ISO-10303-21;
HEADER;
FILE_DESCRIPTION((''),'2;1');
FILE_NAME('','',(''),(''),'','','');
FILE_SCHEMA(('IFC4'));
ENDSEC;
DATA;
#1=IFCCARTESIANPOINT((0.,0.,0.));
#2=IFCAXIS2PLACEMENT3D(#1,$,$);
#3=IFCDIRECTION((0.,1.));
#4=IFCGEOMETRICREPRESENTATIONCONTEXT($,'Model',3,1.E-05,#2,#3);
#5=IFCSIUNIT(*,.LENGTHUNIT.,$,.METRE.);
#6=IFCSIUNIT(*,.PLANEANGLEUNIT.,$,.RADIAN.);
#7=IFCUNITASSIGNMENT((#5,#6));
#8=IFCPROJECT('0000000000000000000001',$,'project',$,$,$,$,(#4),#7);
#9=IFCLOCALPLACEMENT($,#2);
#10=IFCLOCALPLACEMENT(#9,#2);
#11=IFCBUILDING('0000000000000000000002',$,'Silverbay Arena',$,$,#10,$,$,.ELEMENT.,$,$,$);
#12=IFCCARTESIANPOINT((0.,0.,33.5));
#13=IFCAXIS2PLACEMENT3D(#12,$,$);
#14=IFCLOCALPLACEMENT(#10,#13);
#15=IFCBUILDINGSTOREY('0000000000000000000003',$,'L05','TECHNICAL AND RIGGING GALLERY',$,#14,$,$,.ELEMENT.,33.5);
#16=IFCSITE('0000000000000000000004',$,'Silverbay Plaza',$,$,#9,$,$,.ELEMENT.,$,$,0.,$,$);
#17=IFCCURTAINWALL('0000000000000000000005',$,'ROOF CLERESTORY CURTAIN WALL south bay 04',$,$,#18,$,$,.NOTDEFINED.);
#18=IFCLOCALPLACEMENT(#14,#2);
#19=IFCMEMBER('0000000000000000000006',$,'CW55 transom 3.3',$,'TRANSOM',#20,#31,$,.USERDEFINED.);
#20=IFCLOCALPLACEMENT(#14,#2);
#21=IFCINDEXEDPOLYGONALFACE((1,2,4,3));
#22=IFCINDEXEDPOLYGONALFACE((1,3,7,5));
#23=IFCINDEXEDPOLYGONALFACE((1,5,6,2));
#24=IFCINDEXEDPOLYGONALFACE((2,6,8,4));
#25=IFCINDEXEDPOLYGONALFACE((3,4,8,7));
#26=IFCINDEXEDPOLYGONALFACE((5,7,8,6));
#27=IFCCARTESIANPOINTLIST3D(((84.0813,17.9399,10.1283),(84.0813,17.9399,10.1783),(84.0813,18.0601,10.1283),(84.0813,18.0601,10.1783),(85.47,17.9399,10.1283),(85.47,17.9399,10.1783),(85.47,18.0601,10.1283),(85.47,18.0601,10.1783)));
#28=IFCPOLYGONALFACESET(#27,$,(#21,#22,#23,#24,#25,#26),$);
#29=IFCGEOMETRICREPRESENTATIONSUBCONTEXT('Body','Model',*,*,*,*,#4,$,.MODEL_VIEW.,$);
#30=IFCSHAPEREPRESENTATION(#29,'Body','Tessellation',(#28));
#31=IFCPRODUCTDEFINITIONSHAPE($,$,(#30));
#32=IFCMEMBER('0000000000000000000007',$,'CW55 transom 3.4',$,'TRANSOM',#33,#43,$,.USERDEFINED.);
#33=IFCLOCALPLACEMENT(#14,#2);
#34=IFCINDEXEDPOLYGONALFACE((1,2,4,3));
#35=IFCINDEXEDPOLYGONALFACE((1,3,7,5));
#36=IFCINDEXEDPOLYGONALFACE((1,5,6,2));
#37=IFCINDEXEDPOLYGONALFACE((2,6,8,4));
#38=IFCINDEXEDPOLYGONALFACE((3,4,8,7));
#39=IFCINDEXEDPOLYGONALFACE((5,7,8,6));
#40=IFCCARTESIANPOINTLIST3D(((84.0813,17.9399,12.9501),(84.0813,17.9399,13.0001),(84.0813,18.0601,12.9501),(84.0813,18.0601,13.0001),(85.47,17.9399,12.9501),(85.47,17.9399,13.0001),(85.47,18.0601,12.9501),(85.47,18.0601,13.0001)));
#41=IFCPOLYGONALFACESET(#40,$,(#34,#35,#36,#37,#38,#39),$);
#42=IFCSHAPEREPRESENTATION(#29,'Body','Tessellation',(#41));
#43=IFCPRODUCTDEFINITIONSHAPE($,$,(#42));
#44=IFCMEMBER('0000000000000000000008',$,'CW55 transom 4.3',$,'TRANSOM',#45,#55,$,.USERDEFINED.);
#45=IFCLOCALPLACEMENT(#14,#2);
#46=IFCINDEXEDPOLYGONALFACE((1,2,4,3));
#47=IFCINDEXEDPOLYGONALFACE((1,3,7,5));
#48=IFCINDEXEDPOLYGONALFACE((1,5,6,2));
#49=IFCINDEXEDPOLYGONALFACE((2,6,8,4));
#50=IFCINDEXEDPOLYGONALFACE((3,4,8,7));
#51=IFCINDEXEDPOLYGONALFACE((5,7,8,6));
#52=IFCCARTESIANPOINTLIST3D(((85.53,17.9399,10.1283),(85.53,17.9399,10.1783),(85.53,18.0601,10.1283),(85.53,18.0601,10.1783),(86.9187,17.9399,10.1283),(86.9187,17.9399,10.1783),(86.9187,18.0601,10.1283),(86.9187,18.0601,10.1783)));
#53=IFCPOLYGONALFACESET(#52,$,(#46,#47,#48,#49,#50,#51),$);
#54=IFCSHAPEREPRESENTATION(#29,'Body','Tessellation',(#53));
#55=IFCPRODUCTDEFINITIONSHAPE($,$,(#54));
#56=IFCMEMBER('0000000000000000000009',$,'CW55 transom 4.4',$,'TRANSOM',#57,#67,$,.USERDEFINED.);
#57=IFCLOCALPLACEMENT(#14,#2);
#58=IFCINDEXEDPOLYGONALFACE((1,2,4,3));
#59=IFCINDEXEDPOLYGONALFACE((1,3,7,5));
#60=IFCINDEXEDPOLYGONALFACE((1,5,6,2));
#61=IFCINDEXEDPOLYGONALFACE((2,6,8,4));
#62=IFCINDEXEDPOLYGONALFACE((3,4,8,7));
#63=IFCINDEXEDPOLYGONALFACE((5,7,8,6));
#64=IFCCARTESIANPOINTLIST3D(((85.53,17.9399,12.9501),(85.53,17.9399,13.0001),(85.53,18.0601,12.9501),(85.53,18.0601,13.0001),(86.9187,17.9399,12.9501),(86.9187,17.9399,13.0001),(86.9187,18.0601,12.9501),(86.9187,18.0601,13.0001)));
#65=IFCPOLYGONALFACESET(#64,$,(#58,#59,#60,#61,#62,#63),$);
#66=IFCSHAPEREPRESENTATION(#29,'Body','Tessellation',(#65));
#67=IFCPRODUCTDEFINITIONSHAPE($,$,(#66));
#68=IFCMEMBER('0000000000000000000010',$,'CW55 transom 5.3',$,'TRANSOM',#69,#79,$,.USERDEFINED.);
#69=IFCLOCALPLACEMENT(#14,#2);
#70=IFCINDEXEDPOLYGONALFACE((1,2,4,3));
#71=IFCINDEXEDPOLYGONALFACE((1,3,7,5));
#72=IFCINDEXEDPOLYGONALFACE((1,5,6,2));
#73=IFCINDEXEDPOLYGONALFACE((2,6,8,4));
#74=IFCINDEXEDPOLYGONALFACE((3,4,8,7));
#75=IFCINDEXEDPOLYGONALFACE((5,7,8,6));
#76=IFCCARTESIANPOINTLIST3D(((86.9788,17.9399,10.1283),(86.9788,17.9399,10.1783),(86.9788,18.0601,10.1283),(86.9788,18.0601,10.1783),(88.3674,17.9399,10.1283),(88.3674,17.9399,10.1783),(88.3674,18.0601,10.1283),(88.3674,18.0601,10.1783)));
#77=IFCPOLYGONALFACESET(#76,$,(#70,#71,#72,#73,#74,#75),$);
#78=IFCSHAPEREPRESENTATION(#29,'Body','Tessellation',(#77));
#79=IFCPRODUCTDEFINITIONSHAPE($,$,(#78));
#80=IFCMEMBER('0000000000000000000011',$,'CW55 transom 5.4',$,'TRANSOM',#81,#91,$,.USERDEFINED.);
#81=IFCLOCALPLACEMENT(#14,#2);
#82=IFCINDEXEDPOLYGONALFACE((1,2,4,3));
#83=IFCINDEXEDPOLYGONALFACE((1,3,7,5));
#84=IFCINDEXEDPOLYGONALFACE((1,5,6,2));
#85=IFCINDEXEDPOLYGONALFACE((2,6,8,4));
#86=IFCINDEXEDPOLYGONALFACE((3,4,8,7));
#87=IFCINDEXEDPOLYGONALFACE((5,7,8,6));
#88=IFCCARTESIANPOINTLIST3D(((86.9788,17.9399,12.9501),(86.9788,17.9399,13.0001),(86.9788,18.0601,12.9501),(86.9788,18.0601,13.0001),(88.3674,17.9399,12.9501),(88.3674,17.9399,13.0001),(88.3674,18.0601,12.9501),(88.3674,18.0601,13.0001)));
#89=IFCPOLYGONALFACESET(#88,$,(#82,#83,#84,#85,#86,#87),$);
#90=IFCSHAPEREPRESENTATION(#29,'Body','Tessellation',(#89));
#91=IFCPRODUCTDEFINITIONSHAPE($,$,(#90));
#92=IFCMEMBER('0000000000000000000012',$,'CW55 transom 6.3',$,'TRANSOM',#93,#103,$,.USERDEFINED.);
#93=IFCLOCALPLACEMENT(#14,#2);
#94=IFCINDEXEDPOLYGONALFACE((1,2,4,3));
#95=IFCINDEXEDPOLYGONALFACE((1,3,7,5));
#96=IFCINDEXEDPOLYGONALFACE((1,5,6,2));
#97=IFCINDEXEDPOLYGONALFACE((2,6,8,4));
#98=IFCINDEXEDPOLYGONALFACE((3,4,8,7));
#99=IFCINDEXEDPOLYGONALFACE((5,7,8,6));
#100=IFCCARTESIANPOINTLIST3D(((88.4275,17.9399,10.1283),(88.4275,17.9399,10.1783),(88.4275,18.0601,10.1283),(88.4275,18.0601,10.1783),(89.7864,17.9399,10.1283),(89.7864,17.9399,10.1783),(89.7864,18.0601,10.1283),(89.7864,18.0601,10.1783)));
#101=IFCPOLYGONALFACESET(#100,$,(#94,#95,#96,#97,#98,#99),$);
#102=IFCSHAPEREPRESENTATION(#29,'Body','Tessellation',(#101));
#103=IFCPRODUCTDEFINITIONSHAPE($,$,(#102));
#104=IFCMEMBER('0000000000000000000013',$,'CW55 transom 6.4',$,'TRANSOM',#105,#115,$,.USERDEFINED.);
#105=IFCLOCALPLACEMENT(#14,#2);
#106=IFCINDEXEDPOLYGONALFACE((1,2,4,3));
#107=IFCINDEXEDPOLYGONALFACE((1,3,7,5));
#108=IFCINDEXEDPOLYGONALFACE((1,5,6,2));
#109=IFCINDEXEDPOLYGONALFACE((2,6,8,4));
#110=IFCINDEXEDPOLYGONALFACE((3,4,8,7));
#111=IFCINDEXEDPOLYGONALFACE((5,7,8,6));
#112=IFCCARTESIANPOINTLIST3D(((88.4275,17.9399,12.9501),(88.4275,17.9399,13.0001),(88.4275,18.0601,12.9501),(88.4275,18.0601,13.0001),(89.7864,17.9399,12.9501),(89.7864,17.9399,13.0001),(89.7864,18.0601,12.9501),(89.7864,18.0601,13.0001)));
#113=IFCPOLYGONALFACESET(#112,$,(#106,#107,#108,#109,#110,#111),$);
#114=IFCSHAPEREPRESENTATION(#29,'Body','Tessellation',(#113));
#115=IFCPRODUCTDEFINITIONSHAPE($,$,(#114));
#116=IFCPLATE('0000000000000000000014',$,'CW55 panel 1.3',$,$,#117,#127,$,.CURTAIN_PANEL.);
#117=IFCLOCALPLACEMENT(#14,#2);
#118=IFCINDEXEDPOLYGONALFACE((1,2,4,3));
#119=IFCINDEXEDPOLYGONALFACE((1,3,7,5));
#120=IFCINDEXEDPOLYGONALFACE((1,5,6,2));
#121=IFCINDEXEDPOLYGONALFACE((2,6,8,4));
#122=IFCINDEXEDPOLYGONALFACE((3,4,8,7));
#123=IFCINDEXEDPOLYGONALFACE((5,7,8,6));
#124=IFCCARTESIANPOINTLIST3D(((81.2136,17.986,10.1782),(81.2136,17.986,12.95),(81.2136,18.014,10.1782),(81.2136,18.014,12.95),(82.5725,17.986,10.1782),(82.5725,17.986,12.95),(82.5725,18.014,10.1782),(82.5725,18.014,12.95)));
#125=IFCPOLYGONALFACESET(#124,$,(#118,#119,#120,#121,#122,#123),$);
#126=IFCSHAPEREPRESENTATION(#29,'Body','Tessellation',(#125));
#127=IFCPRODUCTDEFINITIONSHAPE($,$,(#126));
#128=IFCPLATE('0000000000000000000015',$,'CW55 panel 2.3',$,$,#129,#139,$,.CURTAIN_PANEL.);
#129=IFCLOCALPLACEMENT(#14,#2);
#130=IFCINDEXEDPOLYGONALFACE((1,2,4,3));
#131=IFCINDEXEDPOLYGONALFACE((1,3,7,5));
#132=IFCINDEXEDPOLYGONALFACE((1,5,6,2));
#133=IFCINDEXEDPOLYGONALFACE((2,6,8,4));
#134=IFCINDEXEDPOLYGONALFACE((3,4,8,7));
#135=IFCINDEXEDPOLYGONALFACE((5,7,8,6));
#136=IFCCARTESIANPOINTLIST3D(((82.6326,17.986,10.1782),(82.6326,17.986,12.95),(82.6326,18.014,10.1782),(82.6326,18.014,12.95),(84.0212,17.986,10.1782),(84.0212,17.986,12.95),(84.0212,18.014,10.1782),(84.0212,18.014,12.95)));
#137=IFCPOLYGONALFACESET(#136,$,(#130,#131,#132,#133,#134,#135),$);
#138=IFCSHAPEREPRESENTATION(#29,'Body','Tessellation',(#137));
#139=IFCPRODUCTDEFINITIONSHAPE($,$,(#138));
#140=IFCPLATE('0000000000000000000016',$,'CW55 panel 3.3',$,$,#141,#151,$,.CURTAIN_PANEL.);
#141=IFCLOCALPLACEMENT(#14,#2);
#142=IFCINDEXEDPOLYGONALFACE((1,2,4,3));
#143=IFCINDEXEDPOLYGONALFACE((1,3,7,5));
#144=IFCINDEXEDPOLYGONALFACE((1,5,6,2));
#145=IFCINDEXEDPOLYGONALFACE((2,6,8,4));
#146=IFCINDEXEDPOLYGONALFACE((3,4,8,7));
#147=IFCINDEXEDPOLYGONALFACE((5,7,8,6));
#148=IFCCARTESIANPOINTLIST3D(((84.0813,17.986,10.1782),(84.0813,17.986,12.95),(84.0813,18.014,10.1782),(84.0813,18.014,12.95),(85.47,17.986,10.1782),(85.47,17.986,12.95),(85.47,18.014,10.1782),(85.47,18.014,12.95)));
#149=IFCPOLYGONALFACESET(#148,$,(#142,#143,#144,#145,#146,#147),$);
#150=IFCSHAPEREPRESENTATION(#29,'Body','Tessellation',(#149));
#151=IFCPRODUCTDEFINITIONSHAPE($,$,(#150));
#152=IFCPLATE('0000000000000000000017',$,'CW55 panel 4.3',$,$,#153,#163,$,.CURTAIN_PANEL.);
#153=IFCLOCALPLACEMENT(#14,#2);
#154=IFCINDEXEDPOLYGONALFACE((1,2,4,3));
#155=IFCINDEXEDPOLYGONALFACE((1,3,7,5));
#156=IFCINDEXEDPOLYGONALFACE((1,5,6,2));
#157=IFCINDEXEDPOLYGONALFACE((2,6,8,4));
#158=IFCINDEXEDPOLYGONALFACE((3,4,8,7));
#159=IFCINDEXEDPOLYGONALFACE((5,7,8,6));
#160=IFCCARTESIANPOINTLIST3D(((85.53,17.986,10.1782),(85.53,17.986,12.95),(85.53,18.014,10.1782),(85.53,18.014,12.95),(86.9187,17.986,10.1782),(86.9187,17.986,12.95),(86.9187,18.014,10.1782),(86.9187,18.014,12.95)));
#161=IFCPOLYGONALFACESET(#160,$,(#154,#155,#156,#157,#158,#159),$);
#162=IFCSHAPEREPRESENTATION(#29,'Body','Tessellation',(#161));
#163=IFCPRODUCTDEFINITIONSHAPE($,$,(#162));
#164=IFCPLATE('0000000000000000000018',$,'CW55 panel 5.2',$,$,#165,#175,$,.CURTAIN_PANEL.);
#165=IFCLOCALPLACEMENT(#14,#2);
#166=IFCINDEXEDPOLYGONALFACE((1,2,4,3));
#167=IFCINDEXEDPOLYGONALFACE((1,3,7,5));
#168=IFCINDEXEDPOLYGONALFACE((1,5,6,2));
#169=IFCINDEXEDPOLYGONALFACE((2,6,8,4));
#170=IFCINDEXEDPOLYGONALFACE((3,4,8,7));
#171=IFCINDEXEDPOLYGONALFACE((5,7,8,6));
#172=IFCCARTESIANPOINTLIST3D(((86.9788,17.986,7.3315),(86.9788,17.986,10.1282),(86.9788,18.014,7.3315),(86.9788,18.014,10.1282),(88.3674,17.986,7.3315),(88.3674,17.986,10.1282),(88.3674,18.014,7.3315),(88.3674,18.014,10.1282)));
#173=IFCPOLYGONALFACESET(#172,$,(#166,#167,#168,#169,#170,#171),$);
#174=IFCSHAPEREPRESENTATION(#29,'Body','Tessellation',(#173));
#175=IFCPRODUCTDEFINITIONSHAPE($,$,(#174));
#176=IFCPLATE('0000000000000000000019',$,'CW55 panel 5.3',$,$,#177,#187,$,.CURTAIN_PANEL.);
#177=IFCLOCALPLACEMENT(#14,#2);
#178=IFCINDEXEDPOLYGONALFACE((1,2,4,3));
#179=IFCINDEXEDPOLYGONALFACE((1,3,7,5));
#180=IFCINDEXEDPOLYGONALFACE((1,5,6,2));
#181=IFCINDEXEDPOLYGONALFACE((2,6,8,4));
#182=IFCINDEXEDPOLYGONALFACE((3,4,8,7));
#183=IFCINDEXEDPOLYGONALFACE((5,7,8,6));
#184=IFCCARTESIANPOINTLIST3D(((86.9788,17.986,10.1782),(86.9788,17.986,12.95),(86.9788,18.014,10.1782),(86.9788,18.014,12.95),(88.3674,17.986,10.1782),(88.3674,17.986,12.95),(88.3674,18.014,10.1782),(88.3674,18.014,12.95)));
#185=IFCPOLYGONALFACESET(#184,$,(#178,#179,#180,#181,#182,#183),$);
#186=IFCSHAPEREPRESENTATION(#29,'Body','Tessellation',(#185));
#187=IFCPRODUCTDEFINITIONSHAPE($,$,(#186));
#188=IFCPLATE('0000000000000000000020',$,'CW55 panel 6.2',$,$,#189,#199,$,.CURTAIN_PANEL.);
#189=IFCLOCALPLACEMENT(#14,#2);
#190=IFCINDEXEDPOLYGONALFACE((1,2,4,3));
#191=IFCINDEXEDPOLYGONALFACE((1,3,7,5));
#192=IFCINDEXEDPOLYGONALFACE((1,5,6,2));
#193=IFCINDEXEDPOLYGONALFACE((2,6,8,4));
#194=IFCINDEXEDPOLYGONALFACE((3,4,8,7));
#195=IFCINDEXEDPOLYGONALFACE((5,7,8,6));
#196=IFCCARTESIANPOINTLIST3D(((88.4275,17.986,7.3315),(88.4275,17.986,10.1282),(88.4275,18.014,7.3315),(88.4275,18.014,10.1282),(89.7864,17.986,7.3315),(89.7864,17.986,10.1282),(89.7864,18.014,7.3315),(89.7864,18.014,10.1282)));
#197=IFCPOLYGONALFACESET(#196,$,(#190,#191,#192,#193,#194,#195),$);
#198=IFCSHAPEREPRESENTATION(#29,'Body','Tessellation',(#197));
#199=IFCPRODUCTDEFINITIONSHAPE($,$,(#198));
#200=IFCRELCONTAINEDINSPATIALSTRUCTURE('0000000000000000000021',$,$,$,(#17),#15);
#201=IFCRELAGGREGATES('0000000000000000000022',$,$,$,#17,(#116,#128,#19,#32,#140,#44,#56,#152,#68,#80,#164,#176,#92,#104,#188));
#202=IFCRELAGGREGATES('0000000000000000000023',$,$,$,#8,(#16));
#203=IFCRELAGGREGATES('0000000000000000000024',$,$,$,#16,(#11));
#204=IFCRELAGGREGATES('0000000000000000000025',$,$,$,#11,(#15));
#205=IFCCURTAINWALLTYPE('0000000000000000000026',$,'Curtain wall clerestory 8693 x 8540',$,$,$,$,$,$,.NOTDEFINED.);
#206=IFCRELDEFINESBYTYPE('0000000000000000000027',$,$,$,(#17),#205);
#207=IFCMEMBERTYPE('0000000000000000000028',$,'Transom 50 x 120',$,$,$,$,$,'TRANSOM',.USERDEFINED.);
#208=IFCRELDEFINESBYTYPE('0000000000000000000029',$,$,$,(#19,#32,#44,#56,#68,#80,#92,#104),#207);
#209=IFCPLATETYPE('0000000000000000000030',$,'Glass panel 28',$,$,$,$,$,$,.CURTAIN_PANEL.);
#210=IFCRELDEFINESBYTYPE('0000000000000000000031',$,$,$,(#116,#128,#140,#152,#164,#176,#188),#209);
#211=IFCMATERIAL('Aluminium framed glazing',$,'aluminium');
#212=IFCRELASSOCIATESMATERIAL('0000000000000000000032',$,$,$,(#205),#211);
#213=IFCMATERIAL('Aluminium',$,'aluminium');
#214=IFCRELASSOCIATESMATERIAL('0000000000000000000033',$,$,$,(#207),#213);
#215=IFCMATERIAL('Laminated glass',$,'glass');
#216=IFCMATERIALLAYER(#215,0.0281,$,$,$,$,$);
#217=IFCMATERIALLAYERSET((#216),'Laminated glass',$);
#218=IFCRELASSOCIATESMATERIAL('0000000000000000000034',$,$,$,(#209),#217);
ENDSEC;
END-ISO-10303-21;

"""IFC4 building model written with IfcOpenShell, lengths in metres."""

from ifc_helpers import new_model, si_unit, direction, frame, origin, origin_2d, place, context, subcontext, project, spatial, rectangle, extrude, material, layer, layer_set, material_profile, profile_set, type_object, element, aggregate, save


model = new_model("IFC4")

# Units and contexts
model_context = context("Model", 3, precision=1e-05, world=origin(), true_north=direction((0.0, 1.0)))
body_context = subcontext(model_context, "Body", "Model", "MODEL_VIEW")
ifc_project = project(units=[si_unit("LENGTHUNIT", "METRE"), si_unit("PLANEANGLEUNIT", "RADIAN")], contexts=[model_context])

# Site, building, storey
site_placement = place(None, origin())
site = spatial("IfcSite", under=ifc_project, at=site_placement, Name="Silverbay Plaza", CompositionType="ELEMENT", RefElevation=0.0)
building_placement = place(site_placement, origin())
building = spatial("IfcBuilding", under=site, at=building_placement, Name="Silverbay Arena", CompositionType="ELEMENT")
storey_placement = place(building_placement, frame((0.0, 0.0, 33.5)))
storey = spatial("IfcBuildingStorey", under=building, at=storey_placement, Name="L05", Description="TECHNICAL AND RIGGING GALLERY", CompositionType="ELEMENT", Elevation=33.5)

# Curtain wall, members, plates
ifc_material_1 = material(Name="Aluminium framed glazing", Category="aluminium")
curtain_wall_type = type_object("IfcCurtainWallType", Name="Curtain wall clerestory 8693 x 8540", PredefinedType="NOTDEFINED", material=ifc_material_1)
curtain_wall_placement = place(storey_placement, origin())
curtain_wall = element("IfcCurtainWall", 1, at=curtain_wall_placement, inside=storey, type_object=curtain_wall_type, Name="ROOF CLERESTORY CURTAIN WALL south bay 04", PredefinedType="NOTDEFINED")
ifc_material_2 = material(Name="Aluminium", Category="aluminium")
ifc_material_profile_1 = material_profile(ifc_material_2, rectangle(XDim=0.1201, YDim=0.05, at=origin_2d()), Name="Transom 50 x 120")
ifc_profile_set_1 = profile_set([ifc_material_profile_1], Name="Aluminium")
member_type_1 = type_object("IfcMemberType", Name="Transom 50 x 120", ElementType="TRANSOM", PredefinedType="USERDEFINED", material=ifc_profile_set_1)
member_1_placement = place(storey_placement, frame((84.0813, 18.0, 10.1533), z_axis=(1.0, 0.0, 0.0), x_axis=(0.0, 1.0, 0.0)))
member_1 = element("IfcMember", 2, at=member_1_placement, type_object=member_type_1, Name="CW55 transom 3.3", ObjectType="TRANSOM", PredefinedType="USERDEFINED", context=body_context, shape_type="SweptSolid", body=[
    extrude(rectangle(XDim=0.1201, YDim=0.05, at=origin_2d()), origin(), (0.0, 0.0, 1.0), 1.3887),
])
member_2_placement = place(storey_placement, frame((84.0813, 18.0, 12.9751), z_axis=(1.0, 0.0, 0.0), x_axis=(0.0, 1.0, 0.0)))
member_2 = element("IfcMember", 3, at=member_2_placement, type_object=member_type_1, Name="CW55 transom 3.4", ObjectType="TRANSOM", PredefinedType="USERDEFINED", context=body_context, shape_type="SweptSolid", body=[
    extrude(rectangle(XDim=0.1201, YDim=0.05, at=origin_2d()), origin(), (0.0, 0.0, 1.0), 1.3887),
])
member_3_placement = place(storey_placement, frame((85.53, 18.0, 10.1533), z_axis=(1.0, 0.0, 0.0), x_axis=(0.0, 1.0, 0.0)))
member_3 = element("IfcMember", 4, at=member_3_placement, type_object=member_type_1, Name="CW55 transom 4.3", ObjectType="TRANSOM", PredefinedType="USERDEFINED", context=body_context, shape_type="SweptSolid", body=[
    extrude(rectangle(XDim=0.1201, YDim=0.05, at=origin_2d()), origin(), (0.0, 0.0, 1.0), 1.3887),
])
member_4_placement = place(storey_placement, frame((85.53, 18.0, 12.9751), z_axis=(1.0, 0.0, 0.0), x_axis=(0.0, 1.0, 0.0)))
member_4 = element("IfcMember", 5, at=member_4_placement, type_object=member_type_1, Name="CW55 transom 4.4", ObjectType="TRANSOM", PredefinedType="USERDEFINED", context=body_context, shape_type="SweptSolid", body=[
    extrude(rectangle(XDim=0.1201, YDim=0.05, at=origin_2d()), origin(), (0.0, 0.0, 1.0), 1.3887),
])
member_5_placement = place(storey_placement, frame((86.9788, 18.0, 10.1533), z_axis=(1.0, 0.0, 0.0), x_axis=(0.0, 1.0, 0.0)))
member_5 = element("IfcMember", 6, at=member_5_placement, type_object=member_type_1, Name="CW55 transom 5.3", ObjectType="TRANSOM", PredefinedType="USERDEFINED", context=body_context, shape_type="SweptSolid", body=[
    extrude(rectangle(XDim=0.1201, YDim=0.05, at=origin_2d()), origin(), (0.0, 0.0, 1.0), 1.3887),
])
member_6_placement = place(storey_placement, frame((86.9788, 18.0, 12.9751), z_axis=(1.0, 0.0, 0.0), x_axis=(0.0, 1.0, 0.0)))
member_6 = element("IfcMember", 7, at=member_6_placement, type_object=member_type_1, Name="CW55 transom 5.4", ObjectType="TRANSOM", PredefinedType="USERDEFINED", context=body_context, shape_type="SweptSolid", body=[
    extrude(rectangle(XDim=0.1201, YDim=0.05, at=origin_2d()), origin(), (0.0, 0.0, 1.0), 1.3887),
])
member_7_placement = place(storey_placement, frame((88.4275, 18.0, 10.1533), z_axis=(1.0, 0.0, 0.0), x_axis=(0.0, 1.0, 0.0)))
member_7 = element("IfcMember", 8, at=member_7_placement, type_object=member_type_1, Name="CW55 transom 6.3", ObjectType="TRANSOM", PredefinedType="USERDEFINED", context=body_context, shape_type="SweptSolid", body=[
    extrude(rectangle(XDim=0.1201, YDim=0.05, at=origin_2d()), origin(), (0.0, 0.0, 1.0), 1.3589),
])
member_8_placement = place(storey_placement, frame((88.4275, 18.0, 12.9751), z_axis=(1.0, 0.0, 0.0), x_axis=(0.0, 1.0, 0.0)))
member_8 = element("IfcMember", 9, at=member_8_placement, type_object=member_type_1, Name="CW55 transom 6.4", ObjectType="TRANSOM", PredefinedType="USERDEFINED", context=body_context, shape_type="SweptSolid", body=[
    extrude(rectangle(XDim=0.1201, YDim=0.05, at=origin_2d()), origin(), (0.0, 0.0, 1.0), 1.3589),
])
ifc_material_3 = material(Name="Laminated glass", Category="glass")
ifc_layer_1 = layer(ifc_material_3, 0.0281)
ifc_layer_set_1 = layer_set([ifc_layer_1], Name="Laminated glass")
plate_type = type_object("IfcPlateType", Name="Glass panel 28", PredefinedType="CURTAIN_PANEL", material=ifc_layer_set_1)
plate_1_placement = place(storey_placement, frame((81.8931, 18.0, 10.1782), z_axis=(0.0, 0.0, 1.0), x_axis=(1.0, 0.0, 0.0)))
plate_1 = element("IfcPlate", 10, at=plate_1_placement, type_object=plate_type, Name="CW55 panel 1.3", PredefinedType="CURTAIN_PANEL", context=body_context, shape_type="SweptSolid", body=[
    extrude(rectangle(XDim=1.3589, YDim=0.0281, at=origin_2d()), origin(), (0.0, 0.0, 1.0), 2.7717),
])
plate_2_placement = place(storey_placement, frame((83.3269, 18.0, 10.1782), z_axis=(0.0, 0.0, 1.0), x_axis=(1.0, 0.0, 0.0)))
plate_2 = element("IfcPlate", 11, at=plate_2_placement, type_object=plate_type, Name="CW55 panel 2.3", PredefinedType="CURTAIN_PANEL", context=body_context, shape_type="SweptSolid", body=[
    extrude(rectangle(XDim=1.3887, YDim=0.0281, at=origin_2d()), origin(), (0.0, 0.0, 1.0), 2.7717),
])
plate_3_placement = place(storey_placement, frame((84.7756, 18.0, 10.1782), z_axis=(0.0, 0.0, 1.0), x_axis=(1.0, 0.0, 0.0)))
plate_3 = element("IfcPlate", 12, at=plate_3_placement, type_object=plate_type, Name="CW55 panel 3.3", PredefinedType="CURTAIN_PANEL", context=body_context, shape_type="SweptSolid", body=[
    extrude(rectangle(XDim=1.3887, YDim=0.0281, at=origin_2d()), origin(), (0.0, 0.0, 1.0), 2.7717),
])
plate_4_placement = place(storey_placement, frame((86.2244, 18.0, 10.1782), z_axis=(0.0, 0.0, 1.0), x_axis=(1.0, 0.0, 0.0)))
plate_4 = element("IfcPlate", 13, at=plate_4_placement, type_object=plate_type, Name="CW55 panel 4.3", PredefinedType="CURTAIN_PANEL", context=body_context, shape_type="SweptSolid", body=[
    extrude(rectangle(XDim=1.3887, YDim=0.0281, at=origin_2d()), origin(), (0.0, 0.0, 1.0), 2.7717),
])
plate_5_placement = place(storey_placement, frame((87.6731, 18.0, 7.3315), z_axis=(0.0, 0.0, 1.0), x_axis=(1.0, 0.0, 0.0)))
plate_5 = element("IfcPlate", 14, at=plate_5_placement, type_object=plate_type, Name="CW55 panel 5.2", PredefinedType="CURTAIN_PANEL", context=body_context, shape_type="SweptSolid", body=[
    extrude(rectangle(XDim=1.3887, YDim=0.0281, at=origin_2d()), origin(), (0.0, 0.0, 1.0), 2.7966),
])
plate_6_placement = place(storey_placement, frame((87.6731, 18.0, 10.1782), z_axis=(0.0, 0.0, 1.0), x_axis=(1.0, 0.0, 0.0)))
plate_6 = element("IfcPlate", 15, at=plate_6_placement, type_object=plate_type, Name="CW55 panel 5.3", PredefinedType="CURTAIN_PANEL", context=body_context, shape_type="SweptSolid", body=[
    extrude(rectangle(XDim=1.3887, YDim=0.0281, at=origin_2d()), origin(), (0.0, 0.0, 1.0), 2.7717),
])
plate_7_placement = place(storey_placement, frame((89.1069, 18.0, 7.3315), z_axis=(0.0, 0.0, 1.0), x_axis=(1.0, 0.0, 0.0)))
plate_7 = element("IfcPlate", 16, at=plate_7_placement, type_object=plate_type, Name="CW55 panel 6.2", PredefinedType="CURTAIN_PANEL", context=body_context, shape_type="SweptSolid", body=[
    extrude(rectangle(XDim=1.3589, YDim=0.0281, at=origin_2d()), origin(), (0.0, 0.0, 1.0), 2.7966),
])
aggregate(curtain_wall, [plate_1, plate_2, member_1, member_2, plate_3, member_3, member_4, plate_4, member_5, member_6, plate_5, plate_6, member_7, member_8, plate_7])

save(model, "model.ifc")
